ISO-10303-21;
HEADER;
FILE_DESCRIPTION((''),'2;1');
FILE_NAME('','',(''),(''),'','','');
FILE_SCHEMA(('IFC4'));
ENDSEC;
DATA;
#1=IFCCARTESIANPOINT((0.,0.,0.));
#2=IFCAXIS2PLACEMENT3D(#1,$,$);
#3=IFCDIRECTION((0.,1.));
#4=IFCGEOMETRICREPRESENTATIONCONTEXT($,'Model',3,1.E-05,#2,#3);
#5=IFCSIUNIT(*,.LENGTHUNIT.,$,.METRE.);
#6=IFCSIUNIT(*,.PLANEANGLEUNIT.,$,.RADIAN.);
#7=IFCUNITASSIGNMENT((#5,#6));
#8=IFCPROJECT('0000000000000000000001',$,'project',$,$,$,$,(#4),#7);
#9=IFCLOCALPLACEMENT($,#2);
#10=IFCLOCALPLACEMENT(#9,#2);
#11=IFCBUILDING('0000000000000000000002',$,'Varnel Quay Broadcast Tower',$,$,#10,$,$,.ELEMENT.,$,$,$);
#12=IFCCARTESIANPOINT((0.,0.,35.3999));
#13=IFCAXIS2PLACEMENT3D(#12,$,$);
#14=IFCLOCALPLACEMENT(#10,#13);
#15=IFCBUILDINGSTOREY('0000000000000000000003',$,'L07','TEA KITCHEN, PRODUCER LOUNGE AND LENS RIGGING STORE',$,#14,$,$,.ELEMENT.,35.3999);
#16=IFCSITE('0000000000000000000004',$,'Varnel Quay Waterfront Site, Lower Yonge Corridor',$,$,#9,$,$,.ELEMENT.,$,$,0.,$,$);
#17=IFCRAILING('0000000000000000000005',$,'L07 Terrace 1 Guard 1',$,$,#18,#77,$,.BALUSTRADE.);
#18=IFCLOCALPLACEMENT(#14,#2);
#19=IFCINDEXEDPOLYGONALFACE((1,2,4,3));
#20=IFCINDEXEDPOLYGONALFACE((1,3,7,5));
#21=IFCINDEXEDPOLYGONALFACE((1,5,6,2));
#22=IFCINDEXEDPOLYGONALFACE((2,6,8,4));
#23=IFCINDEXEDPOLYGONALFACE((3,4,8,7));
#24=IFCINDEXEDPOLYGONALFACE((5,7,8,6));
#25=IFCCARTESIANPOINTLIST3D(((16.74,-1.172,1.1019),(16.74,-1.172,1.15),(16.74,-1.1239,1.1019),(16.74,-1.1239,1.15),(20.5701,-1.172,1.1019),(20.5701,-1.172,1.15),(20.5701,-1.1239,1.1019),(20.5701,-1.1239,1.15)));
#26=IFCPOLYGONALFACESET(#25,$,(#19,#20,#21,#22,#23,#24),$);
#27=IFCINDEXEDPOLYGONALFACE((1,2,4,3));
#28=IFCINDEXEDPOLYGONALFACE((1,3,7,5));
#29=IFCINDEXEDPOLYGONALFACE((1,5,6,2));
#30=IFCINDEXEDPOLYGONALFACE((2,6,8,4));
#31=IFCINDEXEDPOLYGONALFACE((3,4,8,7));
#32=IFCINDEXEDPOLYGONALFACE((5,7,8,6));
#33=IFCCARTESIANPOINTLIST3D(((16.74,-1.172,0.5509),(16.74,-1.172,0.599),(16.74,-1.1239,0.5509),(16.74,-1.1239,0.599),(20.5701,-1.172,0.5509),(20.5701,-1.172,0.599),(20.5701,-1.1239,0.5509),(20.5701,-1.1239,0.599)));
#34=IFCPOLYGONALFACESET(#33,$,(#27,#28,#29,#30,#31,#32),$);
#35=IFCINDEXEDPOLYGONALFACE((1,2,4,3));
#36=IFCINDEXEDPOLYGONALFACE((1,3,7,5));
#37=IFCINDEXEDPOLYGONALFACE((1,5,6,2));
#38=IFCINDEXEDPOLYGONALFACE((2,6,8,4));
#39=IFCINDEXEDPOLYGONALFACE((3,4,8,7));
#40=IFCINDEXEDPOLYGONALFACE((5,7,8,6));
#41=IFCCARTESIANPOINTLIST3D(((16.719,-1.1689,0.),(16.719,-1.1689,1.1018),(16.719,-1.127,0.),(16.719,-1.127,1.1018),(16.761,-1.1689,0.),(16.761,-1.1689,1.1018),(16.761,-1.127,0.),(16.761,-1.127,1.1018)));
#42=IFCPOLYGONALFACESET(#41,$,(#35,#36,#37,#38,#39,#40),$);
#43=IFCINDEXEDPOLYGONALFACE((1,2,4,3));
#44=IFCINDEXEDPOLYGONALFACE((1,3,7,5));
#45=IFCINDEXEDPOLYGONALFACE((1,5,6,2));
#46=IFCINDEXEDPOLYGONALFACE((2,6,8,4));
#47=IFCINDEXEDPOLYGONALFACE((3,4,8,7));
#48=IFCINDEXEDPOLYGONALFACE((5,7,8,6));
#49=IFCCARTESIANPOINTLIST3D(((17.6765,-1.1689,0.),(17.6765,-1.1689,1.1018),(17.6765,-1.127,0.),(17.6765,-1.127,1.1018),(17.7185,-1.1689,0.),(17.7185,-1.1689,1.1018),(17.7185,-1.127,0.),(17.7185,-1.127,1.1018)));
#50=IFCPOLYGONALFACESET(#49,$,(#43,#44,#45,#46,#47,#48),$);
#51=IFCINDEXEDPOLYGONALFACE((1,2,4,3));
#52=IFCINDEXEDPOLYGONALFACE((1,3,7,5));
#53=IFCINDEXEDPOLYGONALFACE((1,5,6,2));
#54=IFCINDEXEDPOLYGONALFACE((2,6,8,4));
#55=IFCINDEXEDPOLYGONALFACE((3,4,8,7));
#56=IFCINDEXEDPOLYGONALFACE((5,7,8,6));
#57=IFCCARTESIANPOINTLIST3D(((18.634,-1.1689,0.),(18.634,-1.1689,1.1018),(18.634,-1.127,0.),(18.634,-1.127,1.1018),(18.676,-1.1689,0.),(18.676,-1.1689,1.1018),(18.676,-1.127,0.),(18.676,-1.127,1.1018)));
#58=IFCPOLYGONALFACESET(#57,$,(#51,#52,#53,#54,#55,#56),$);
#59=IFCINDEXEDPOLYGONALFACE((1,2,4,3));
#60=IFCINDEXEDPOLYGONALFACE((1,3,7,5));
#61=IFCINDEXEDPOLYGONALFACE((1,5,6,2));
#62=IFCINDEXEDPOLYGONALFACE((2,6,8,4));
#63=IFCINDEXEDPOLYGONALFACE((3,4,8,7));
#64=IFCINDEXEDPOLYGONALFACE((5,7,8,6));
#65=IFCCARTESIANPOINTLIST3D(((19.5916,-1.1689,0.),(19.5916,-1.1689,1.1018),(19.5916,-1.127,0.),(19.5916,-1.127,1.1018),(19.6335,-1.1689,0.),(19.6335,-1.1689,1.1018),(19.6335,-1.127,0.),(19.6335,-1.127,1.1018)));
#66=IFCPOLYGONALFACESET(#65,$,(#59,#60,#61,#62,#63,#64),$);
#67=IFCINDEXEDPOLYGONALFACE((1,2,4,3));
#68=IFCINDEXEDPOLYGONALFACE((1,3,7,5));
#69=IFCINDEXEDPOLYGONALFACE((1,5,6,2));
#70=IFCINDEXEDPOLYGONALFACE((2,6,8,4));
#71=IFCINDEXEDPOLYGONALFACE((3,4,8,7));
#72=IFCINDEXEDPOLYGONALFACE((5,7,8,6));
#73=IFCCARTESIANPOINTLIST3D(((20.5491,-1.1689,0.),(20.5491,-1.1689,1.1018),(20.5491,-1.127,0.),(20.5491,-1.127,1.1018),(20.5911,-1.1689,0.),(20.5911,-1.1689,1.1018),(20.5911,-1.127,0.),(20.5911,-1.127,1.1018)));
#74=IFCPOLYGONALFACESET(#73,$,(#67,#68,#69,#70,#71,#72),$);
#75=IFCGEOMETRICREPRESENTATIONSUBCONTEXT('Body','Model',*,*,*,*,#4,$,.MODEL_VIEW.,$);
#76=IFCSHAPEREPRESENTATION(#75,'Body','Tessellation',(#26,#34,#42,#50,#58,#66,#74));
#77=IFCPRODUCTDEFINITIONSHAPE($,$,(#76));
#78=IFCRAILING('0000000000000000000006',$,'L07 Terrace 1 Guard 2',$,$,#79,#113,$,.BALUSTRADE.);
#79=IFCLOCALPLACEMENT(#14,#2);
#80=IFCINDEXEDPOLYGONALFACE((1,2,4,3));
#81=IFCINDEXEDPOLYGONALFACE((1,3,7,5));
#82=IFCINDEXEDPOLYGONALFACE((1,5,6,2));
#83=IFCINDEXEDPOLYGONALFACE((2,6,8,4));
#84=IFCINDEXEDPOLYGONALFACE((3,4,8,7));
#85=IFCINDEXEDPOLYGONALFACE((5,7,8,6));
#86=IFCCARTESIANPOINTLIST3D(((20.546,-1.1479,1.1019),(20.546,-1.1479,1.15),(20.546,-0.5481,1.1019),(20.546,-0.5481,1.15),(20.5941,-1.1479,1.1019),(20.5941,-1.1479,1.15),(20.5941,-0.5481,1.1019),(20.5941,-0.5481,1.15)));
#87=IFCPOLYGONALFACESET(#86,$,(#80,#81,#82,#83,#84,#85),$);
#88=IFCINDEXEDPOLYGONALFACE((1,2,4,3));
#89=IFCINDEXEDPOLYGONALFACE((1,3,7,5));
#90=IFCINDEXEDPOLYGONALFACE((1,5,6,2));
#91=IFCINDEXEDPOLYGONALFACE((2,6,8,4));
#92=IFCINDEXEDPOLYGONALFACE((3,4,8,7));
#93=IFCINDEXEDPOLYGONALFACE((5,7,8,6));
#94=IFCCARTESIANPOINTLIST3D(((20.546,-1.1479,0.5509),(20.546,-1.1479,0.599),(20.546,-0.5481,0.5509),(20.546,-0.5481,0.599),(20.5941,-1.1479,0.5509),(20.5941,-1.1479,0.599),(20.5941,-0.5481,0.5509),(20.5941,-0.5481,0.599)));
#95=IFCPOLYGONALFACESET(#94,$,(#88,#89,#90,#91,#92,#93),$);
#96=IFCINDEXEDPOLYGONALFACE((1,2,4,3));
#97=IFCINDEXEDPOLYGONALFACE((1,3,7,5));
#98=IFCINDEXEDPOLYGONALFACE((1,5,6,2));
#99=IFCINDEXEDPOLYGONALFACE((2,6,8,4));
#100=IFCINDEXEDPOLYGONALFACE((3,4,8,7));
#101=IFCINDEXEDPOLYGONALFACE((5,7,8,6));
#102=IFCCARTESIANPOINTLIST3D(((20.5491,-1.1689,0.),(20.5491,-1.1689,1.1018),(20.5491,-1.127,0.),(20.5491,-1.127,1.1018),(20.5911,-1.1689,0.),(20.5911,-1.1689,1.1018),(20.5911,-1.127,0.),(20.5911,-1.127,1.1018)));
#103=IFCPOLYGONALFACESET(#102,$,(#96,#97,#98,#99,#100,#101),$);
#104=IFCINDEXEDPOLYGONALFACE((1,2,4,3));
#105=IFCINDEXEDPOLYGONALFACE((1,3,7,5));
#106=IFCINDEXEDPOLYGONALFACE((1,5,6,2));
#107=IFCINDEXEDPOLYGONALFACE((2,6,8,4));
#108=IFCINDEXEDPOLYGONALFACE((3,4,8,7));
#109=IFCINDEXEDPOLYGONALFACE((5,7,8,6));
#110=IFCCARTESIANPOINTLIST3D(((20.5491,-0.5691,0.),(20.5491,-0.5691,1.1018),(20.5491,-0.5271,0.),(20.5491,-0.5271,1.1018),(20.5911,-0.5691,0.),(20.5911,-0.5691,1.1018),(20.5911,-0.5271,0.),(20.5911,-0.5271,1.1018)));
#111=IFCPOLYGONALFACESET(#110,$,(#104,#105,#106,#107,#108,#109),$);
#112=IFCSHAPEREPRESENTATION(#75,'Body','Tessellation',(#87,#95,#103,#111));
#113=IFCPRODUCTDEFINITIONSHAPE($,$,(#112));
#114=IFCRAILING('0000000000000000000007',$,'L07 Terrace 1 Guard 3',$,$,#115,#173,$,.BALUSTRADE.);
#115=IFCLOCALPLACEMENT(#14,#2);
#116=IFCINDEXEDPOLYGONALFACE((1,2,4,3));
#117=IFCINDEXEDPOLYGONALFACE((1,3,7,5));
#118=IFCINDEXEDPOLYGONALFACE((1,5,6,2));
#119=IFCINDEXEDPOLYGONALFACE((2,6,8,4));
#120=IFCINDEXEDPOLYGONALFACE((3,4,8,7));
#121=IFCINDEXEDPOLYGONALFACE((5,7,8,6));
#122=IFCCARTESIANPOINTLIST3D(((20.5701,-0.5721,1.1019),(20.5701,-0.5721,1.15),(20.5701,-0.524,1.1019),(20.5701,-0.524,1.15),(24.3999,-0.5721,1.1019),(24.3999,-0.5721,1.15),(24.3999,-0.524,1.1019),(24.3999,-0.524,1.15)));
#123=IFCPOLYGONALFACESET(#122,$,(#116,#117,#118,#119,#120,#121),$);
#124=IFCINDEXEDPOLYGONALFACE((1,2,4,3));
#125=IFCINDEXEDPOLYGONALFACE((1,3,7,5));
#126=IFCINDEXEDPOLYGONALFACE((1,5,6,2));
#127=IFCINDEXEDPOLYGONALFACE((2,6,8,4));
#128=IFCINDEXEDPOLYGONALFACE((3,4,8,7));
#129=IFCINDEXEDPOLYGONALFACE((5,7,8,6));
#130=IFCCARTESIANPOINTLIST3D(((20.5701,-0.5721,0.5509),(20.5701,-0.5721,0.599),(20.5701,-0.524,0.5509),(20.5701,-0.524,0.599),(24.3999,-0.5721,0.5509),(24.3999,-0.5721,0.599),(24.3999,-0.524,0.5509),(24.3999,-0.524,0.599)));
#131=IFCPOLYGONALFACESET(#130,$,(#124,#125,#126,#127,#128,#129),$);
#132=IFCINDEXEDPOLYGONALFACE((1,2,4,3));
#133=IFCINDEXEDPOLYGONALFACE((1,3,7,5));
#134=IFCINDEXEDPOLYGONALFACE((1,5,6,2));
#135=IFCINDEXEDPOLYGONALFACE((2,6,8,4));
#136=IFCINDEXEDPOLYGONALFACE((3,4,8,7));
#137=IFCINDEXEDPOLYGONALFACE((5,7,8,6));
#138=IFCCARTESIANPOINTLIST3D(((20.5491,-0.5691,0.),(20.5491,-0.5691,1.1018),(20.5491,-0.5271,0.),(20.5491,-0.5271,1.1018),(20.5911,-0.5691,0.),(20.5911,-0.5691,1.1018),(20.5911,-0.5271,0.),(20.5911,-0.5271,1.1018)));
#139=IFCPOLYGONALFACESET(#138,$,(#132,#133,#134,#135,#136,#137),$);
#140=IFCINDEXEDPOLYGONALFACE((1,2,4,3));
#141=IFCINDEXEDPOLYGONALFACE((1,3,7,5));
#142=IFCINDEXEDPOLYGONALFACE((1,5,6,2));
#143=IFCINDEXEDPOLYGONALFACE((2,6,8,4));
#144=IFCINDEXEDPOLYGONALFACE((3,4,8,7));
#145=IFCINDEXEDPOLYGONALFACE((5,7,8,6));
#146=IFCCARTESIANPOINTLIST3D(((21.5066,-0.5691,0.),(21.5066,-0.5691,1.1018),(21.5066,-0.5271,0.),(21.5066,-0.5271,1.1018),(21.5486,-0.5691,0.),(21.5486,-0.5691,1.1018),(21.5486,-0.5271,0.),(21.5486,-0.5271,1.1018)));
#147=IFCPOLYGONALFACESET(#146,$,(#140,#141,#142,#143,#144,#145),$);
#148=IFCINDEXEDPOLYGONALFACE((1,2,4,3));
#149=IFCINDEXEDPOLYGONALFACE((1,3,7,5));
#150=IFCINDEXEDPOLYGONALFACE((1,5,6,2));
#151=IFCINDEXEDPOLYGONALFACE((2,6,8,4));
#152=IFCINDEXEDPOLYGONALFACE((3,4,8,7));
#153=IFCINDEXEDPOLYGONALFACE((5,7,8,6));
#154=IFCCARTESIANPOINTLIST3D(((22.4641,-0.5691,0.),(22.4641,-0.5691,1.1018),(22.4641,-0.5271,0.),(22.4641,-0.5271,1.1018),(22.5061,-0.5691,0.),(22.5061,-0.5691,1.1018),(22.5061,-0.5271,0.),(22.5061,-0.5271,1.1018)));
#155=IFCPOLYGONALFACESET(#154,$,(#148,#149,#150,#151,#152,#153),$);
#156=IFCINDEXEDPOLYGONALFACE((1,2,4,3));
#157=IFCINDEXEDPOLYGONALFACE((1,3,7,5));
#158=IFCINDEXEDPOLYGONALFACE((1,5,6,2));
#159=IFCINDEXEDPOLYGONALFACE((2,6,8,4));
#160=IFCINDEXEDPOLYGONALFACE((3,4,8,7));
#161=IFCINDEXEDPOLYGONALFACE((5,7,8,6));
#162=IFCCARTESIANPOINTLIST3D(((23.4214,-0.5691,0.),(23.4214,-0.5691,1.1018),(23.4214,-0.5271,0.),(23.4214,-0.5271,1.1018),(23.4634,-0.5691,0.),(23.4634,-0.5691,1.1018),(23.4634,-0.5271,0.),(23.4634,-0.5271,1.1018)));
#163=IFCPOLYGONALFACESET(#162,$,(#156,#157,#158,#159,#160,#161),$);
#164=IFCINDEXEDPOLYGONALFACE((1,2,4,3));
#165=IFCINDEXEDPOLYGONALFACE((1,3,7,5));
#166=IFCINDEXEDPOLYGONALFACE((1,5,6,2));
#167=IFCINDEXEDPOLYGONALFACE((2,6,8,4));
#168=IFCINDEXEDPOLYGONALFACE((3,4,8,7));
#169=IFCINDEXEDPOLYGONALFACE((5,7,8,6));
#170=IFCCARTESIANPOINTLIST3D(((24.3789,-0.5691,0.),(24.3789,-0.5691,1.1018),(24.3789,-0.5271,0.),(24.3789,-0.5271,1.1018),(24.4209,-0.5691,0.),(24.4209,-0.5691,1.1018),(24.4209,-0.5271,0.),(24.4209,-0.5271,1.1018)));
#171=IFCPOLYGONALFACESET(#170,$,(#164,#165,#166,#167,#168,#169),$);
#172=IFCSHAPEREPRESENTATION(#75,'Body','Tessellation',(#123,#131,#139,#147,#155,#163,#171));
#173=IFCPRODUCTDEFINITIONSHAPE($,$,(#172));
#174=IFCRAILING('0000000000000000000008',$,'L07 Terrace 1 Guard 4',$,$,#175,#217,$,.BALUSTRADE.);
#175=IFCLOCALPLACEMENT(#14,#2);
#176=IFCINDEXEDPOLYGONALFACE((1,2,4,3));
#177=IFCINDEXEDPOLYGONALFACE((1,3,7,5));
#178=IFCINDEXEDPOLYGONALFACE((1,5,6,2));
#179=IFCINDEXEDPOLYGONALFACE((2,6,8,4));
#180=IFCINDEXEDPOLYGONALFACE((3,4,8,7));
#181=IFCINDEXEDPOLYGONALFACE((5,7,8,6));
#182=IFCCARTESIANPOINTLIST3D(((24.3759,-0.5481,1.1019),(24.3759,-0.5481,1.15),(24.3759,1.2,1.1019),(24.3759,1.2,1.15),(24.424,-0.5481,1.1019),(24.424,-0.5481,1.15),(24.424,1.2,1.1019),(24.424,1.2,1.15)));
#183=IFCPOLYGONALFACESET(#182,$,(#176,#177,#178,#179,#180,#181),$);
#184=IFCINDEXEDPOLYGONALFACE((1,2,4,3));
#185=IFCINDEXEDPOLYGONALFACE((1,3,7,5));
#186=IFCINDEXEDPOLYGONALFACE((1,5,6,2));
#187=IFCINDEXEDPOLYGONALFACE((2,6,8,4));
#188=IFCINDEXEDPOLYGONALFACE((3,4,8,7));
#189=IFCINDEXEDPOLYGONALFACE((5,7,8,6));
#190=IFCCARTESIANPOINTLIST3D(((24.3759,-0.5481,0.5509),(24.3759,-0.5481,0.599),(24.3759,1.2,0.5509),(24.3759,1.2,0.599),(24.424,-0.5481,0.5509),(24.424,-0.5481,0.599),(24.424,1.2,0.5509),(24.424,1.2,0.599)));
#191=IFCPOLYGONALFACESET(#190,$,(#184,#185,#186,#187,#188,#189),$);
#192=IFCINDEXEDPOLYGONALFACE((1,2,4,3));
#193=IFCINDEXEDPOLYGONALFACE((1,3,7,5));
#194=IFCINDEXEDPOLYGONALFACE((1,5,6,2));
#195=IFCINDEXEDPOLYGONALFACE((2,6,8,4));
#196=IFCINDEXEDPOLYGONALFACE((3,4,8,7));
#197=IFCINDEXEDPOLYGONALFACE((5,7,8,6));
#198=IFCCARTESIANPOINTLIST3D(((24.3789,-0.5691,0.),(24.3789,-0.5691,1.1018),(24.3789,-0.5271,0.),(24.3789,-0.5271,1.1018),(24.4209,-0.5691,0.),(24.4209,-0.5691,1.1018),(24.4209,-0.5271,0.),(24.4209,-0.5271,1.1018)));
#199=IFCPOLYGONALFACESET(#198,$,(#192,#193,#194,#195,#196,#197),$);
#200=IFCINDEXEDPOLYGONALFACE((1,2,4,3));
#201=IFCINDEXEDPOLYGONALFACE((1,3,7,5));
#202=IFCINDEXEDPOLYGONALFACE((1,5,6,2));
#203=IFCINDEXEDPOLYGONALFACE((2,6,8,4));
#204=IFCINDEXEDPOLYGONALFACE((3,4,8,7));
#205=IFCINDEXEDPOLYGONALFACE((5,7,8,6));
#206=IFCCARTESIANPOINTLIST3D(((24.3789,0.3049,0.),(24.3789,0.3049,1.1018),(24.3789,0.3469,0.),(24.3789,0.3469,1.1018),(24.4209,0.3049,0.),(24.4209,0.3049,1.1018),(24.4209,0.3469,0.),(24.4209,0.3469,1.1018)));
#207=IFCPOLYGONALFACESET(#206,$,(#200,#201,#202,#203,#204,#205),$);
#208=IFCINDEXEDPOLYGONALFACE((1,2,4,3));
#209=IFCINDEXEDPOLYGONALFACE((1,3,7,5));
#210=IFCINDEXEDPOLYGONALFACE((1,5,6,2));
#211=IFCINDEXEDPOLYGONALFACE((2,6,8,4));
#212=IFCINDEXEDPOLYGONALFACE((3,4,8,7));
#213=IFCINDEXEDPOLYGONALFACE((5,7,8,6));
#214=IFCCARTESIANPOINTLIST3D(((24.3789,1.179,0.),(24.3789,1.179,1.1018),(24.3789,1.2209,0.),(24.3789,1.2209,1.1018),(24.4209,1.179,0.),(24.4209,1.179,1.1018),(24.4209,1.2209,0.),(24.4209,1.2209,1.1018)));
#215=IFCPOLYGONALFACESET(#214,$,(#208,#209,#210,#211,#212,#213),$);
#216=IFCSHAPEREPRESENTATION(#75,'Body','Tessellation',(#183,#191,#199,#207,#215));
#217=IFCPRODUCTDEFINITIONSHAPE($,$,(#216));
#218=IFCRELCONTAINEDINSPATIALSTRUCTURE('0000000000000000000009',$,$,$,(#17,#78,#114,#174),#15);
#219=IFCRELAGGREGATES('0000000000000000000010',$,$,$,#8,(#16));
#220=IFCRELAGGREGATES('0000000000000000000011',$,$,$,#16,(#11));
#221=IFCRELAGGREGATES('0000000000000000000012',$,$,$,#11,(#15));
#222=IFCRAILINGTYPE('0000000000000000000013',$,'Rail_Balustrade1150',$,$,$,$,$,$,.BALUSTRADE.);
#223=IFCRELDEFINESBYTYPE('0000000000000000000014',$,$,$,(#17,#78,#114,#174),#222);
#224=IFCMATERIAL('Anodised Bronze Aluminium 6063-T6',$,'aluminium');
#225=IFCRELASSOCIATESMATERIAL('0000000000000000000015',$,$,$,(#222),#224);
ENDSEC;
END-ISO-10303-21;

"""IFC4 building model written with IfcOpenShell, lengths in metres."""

from ifc_helpers import new_model, si_unit, direction, frame, origin, origin_2d, place, context, subcontext, project, spatial, rectangle, extrude, material, type_object, element, save


model = new_model("IFC4")

# Units and contexts
model_context = context("Model", 3, precision=1e-05, world=origin(), true_north=direction((0.0, 1.0)))
body_context = subcontext(model_context, "Body", "Model", "MODEL_VIEW")
ifc_project = project(units=[si_unit("LENGTHUNIT", "METRE"), si_unit("PLANEANGLEUNIT", "RADIAN")], contexts=[model_context])

# Site, building, storey
site_placement = place(None, origin())
site = spatial("IfcSite", under=ifc_project, at=site_placement, Name="Varnel Quay Waterfront Site, Lower Yonge Corridor", CompositionType="ELEMENT", RefElevation=0.0)
building_placement = place(site_placement, origin())
building = spatial("IfcBuilding", under=site, at=building_placement, Name="Varnel Quay Broadcast Tower", CompositionType="ELEMENT")
storey_placement = place(building_placement, frame((0.0, 0.0, 35.3999)))
storey = spatial("IfcBuildingStorey", under=building, at=storey_placement, Name="L07", Description="TEA KITCHEN, PRODUCER LOUNGE AND LENS RIGGING STORE", CompositionType="ELEMENT", Elevation=35.3999)

# Shared definitions
ifc_material_1 = material(Name="Anodised Bronze Aluminium 6063-T6", Category="aluminium")

# Railings
railing_type = type_object("IfcRailingType", Name="Rail_Balustrade1150", PredefinedType="BALUSTRADE", material=ifc_material_1)
railing_1_placement = place(storey_placement, frame((16.74, -1.1479, 0.0)))
element("IfcRailing", 1, at=railing_1_placement, inside=storey, type_object=railing_type, Name="L07 Terrace 1 Guard 1", PredefinedType="BALUSTRADE", context=body_context, shape_type="SweptSolid", body=[
    extrude(rectangle(XDim=0.0481, YDim=0.0481, at=origin_2d()), frame((0.0, 0.0, 1.126), z_axis=(1.0, 0.0, 0.0), x_axis=(0.0, 1.0, 0.0)), (0.0, 0.0, 1.0), 3.8301),
    extrude(rectangle(XDim=0.0481, YDim=0.0481, at=origin_2d()), frame((0.0, 0.0, 0.575), z_axis=(1.0, 0.0, 0.0), x_axis=(0.0, 1.0, 0.0)), (0.0, 0.0, 1.0), 3.8301),
    extrude(rectangle(XDim=0.042, YDim=0.042, at=origin_2d()), origin(), (0.0, 0.0, 1.0), 1.1018),
    extrude(rectangle(XDim=0.042, YDim=0.042, at=origin_2d()), frame((0.9575, 0.0, 0.0)), (0.0, 0.0, 1.0), 1.1018),
    extrude(rectangle(XDim=0.042, YDim=0.042, at=origin_2d()), frame((1.915, 0.0, 0.0)), (0.0, 0.0, 1.0), 1.1018),
    extrude(rectangle(XDim=0.042, YDim=0.042, at=origin_2d()), frame((2.8726, 0.0, 0.0)), (0.0, 0.0, 1.0), 1.1018),
    extrude(rectangle(XDim=0.042, YDim=0.042, at=origin_2d()), frame((3.8301, 0.0, 0.0)), (0.0, 0.0, 1.0), 1.1018),
])
railing_2_placement = place(storey_placement, frame((20.5701, -1.1479, 0.0)))
element("IfcRailing", 2, at=railing_2_placement, inside=storey, type_object=railing_type, Name="L07 Terrace 1 Guard 2", PredefinedType="BALUSTRADE", context=body_context, shape_type="SweptSolid", body=[
    extrude(rectangle(XDim=0.0481, YDim=0.0481, at=origin_2d()), frame((0.0, 0.0, 1.126), z_axis=(0.0, 1.0, 0.0), x_axis=(-1.0, 0.0, 0.0)), (0.0, 0.0, 1.0), 0.5999),
    extrude(rectangle(XDim=0.0481, YDim=0.0481, at=origin_2d()), frame((0.0, 0.0, 0.575), z_axis=(0.0, 1.0, 0.0), x_axis=(-1.0, 0.0, 0.0)), (0.0, 0.0, 1.0), 0.5999),
    extrude(rectangle(XDim=0.042, YDim=0.042, at=origin_2d()), origin(), (0.0, 0.0, 1.0), 1.1018),
    extrude(rectangle(XDim=0.042, YDim=0.042, at=origin_2d()), frame((0.0, 0.5999, 0.0)), (0.0, 0.0, 1.0), 1.1018),
])
railing_3_placement = place(storey_placement, frame((20.5701, -0.5481, 0.0)))
element("IfcRailing", 3, at=railing_3_placement, inside=storey, type_object=railing_type, Name="L07 Terrace 1 Guard 3", PredefinedType="BALUSTRADE", context=body_context, shape_type="SweptSolid", body=[
    extrude(rectangle(XDim=0.0481, YDim=0.0481, at=origin_2d()), frame((0.0, 0.0, 1.126), z_axis=(1.0, 0.0, 0.0), x_axis=(0.0, 1.0, 0.0)), (0.0, 0.0, 1.0), 3.8298),
    extrude(rectangle(XDim=0.0481, YDim=0.0481, at=origin_2d()), frame((0.0, 0.0, 0.575), z_axis=(1.0, 0.0, 0.0), x_axis=(0.0, 1.0, 0.0)), (0.0, 0.0, 1.0), 3.8298),
    extrude(rectangle(XDim=0.042, YDim=0.042, at=origin_2d()), origin(), (0.0, 0.0, 1.0), 1.1018),
    extrude(rectangle(XDim=0.042, YDim=0.042, at=origin_2d()), frame((0.9575, 0.0, 0.0)), (0.0, 0.0, 1.0), 1.1018),
    extrude(rectangle(XDim=0.042, YDim=0.042, at=origin_2d()), frame((1.915, 0.0, 0.0)), (0.0, 0.0, 1.0), 1.1018),
    extrude(rectangle(XDim=0.042, YDim=0.042, at=origin_2d()), frame((2.8723, 0.0, 0.0)), (0.0, 0.0, 1.0), 1.1018),
    extrude(rectangle(XDim=0.042, YDim=0.042, at=origin_2d()), frame((3.8298, 0.0, 0.0)), (0.0, 0.0, 1.0), 1.1018),
])
railing_4_placement = place(storey_placement, frame((24.3999, -0.5481, 0.0)))
element("IfcRailing", 4, at=railing_4_placement, inside=storey, type_object=railing_type, Name="L07 Terrace 1 Guard 4", PredefinedType="BALUSTRADE", context=body_context, shape_type="SweptSolid", body=[
    extrude(rectangle(XDim=0.0481, YDim=0.0481, at=origin_2d()), frame((0.0, 0.0, 1.126), z_axis=(0.0, 1.0, 0.0), x_axis=(-1.0, 0.0, 0.0)), (0.0, 0.0, 1.0), 1.748),
    extrude(rectangle(XDim=0.0481, YDim=0.0481, at=origin_2d()), frame((0.0, 0.0, 0.575), z_axis=(0.0, 1.0, 0.0), x_axis=(-1.0, 0.0, 0.0)), (0.0, 0.0, 1.0), 1.748),
    extrude(rectangle(XDim=0.042, YDim=0.042, at=origin_2d()), origin(), (0.0, 0.0, 1.0), 1.1018),
    extrude(rectangle(XDim=0.042, YDim=0.042, at=origin_2d()), frame((0.0, 0.874, 0.0)), (0.0, 0.0, 1.0), 1.1018),
    extrude(rectangle(XDim=0.042, YDim=0.042, at=origin_2d()), frame((0.0, 1.748, 0.0)), (0.0, 0.0, 1.0), 1.1018),
])

save(model, "model.ifc")
